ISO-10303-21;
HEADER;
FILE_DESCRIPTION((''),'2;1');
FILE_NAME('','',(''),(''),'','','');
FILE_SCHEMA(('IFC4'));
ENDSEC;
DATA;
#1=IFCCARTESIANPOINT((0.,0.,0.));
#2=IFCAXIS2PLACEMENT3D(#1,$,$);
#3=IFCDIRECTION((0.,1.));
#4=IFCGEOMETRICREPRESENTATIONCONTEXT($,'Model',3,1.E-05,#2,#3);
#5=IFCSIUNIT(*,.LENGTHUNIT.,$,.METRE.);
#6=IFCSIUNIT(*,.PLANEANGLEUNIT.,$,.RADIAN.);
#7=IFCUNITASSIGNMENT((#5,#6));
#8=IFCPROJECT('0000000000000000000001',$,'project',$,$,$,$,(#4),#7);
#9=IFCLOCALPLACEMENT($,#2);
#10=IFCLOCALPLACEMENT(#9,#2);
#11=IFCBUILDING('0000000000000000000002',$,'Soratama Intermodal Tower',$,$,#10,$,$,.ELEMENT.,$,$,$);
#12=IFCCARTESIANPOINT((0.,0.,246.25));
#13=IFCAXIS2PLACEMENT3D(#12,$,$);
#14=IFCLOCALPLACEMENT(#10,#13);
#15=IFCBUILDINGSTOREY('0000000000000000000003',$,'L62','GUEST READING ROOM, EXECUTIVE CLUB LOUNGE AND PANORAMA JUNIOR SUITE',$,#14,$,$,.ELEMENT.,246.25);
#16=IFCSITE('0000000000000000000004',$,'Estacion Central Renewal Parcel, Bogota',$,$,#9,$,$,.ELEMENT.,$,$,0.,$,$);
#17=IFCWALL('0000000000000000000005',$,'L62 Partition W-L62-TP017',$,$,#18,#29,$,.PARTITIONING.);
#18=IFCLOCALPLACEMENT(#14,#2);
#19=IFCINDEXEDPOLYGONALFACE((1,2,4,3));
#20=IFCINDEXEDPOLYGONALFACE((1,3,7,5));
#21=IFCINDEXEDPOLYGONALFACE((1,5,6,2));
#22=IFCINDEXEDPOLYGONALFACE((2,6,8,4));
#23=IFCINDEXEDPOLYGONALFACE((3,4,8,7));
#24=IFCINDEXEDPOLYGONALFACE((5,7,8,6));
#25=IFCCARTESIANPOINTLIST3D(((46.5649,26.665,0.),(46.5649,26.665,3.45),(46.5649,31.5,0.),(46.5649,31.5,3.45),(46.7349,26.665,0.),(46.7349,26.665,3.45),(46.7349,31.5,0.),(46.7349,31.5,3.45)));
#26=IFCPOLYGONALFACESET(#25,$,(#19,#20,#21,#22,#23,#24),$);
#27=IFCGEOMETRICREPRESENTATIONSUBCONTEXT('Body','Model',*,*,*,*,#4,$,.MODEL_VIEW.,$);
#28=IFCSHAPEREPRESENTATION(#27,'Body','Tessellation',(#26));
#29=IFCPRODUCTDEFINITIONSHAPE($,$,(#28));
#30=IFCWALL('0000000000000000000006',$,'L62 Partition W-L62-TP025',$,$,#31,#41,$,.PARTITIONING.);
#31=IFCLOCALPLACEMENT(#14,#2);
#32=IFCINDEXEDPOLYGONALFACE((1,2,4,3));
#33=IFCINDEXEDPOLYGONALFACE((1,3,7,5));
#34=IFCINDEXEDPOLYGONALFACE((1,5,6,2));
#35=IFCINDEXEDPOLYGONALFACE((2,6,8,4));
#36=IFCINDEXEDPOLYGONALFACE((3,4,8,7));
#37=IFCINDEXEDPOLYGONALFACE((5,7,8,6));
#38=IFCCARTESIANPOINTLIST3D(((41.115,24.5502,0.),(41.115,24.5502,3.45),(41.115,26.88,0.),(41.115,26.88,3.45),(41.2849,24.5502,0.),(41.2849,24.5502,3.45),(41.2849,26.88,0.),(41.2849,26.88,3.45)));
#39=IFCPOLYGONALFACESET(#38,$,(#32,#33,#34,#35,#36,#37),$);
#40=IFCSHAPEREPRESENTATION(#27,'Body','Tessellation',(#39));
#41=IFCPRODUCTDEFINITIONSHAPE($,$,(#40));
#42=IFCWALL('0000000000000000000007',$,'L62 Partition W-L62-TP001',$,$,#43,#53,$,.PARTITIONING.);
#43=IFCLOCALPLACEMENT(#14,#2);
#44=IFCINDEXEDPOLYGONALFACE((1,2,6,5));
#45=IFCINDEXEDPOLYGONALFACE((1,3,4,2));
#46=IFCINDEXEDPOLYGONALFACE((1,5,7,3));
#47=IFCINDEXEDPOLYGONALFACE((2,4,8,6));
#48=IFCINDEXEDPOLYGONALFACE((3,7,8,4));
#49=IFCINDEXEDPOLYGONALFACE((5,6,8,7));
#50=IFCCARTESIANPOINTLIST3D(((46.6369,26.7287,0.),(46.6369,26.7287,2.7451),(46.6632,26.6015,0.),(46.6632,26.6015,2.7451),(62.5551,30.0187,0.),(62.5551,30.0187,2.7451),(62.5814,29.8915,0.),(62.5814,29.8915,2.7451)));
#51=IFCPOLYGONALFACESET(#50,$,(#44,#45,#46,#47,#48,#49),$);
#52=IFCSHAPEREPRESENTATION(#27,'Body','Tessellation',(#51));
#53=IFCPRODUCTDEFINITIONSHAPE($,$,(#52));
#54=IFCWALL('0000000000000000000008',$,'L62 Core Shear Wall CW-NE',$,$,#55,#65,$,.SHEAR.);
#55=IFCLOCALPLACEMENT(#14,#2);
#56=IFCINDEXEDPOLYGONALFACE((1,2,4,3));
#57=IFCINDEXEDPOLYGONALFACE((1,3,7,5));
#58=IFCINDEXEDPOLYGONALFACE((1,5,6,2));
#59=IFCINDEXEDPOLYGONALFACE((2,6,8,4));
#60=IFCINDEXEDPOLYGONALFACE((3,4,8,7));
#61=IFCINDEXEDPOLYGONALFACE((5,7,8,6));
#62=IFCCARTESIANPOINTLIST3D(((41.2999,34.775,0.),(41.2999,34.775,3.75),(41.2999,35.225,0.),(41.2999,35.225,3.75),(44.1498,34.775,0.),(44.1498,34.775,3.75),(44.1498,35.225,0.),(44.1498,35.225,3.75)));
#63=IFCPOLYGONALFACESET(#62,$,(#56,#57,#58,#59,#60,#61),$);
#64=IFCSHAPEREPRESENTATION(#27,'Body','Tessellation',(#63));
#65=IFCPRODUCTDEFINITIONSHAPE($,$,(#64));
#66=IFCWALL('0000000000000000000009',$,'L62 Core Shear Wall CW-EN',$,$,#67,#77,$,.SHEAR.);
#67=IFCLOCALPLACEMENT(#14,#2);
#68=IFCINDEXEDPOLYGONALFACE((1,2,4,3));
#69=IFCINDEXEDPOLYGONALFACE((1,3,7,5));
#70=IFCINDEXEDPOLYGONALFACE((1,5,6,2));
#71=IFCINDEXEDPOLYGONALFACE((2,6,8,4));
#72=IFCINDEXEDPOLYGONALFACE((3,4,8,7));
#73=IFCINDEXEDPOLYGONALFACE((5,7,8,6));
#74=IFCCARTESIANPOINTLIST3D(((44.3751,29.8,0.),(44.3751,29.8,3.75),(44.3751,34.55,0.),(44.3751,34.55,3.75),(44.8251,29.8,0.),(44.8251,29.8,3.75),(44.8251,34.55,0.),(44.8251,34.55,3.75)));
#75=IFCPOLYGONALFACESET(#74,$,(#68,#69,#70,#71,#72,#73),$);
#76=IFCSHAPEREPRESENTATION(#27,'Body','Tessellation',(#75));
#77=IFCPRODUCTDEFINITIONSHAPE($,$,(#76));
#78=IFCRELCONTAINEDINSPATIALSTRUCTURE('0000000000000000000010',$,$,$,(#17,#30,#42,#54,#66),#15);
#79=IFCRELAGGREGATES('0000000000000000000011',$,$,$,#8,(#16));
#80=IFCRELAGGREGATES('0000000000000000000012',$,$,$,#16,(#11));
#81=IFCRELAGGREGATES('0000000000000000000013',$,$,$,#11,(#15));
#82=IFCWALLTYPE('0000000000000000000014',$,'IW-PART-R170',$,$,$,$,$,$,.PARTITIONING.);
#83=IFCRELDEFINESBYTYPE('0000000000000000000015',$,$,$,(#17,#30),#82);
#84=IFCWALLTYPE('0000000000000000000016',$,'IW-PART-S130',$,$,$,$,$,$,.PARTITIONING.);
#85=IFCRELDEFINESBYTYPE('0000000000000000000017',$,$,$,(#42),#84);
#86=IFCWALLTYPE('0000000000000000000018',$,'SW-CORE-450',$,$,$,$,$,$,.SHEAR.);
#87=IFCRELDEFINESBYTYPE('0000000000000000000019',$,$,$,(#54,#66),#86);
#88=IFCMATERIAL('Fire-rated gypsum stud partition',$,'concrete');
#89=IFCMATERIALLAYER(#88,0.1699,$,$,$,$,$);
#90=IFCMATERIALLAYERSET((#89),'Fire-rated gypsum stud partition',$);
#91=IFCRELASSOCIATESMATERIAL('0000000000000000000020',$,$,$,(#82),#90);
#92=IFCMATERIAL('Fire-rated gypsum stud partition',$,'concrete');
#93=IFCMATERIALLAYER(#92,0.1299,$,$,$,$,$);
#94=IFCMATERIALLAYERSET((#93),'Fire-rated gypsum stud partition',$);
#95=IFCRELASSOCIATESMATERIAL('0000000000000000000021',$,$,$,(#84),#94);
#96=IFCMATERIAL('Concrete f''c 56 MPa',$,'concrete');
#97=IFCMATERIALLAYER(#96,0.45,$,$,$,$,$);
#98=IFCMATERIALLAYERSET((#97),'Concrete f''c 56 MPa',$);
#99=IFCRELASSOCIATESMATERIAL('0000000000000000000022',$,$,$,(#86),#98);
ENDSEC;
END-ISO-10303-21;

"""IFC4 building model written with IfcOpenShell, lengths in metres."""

from ifc_helpers import new_model, si_unit, direction, frame, frame_2d, origin, place, context, subcontext, project, spatial, rectangle, extrude, material, layer, layer_set, type_object, element, save


model = new_model("IFC4")

# Units and contexts
model_context = context("Model", 3, precision=1e-05, world=origin(), true_north=direction((0.0, 1.0)))
body_context = subcontext(model_context, "Body", "Model", "MODEL_VIEW")
ifc_project = project(units=[si_unit("LENGTHUNIT", "METRE"), si_unit("PLANEANGLEUNIT", "RADIAN")], contexts=[model_context])

# Site, building, storey
site_placement = place(None, origin())
site = spatial("IfcSite", under=ifc_project, at=site_placement, Name="Estacion Central Renewal Parcel, Bogota", CompositionType="ELEMENT", RefElevation=0.0)
building_placement = place(site_placement, origin())
building = spatial("IfcBuilding", under=site, at=building_placement, Name="Soratama Intermodal Tower", CompositionType="ELEMENT")
storey_placement = place(building_placement, frame((0.0, 0.0, 246.25)))
storey = spatial("IfcBuildingStorey", under=building, at=storey_placement, Name="L62", Description="GUEST READING ROOM, EXECUTIVE CLUB LOUNGE AND PANORAMA JUNIOR SUITE", CompositionType="ELEMENT", Elevation=246.25)

# Shared definitions
ifc_material_1 = material(Name="Fire-rated gypsum stud partition", Category="concrete")
ifc_layer_1 = layer(ifc_material_1, 0.1699)
ifc_layer_set_1 = layer_set([ifc_layer_1], Name="Fire-rated gypsum stud partition")
wall_type_1 = type_object("IfcWallType", Name="IW-PART-R170", PredefinedType="PARTITIONING", material=ifc_layer_set_1)

# Walls
wall_1_placement = place(storey_placement, frame((46.6499, 31.5, 0.0), z_axis=(0.0, 0.0, 1.0), x_axis=(0.0, -1.0, 0.0)))
element("IfcWall", 1, at=wall_1_placement, inside=storey, type_object=wall_type_1, Name="L62 Partition W-L62-TP017", PredefinedType="PARTITIONING", context=body_context, shape_type="SweptSolid", body=[
    extrude(rectangle(XDim=4.835, YDim=0.1699, at=frame_2d((2.4175, 0.0))), origin(), (0.0, 0.0, 1.0), 3.45),
])
wall_2_placement = place(storey_placement, frame((41.2, 24.55, 0.0), z_axis=(0.0, 0.0, 1.0), x_axis=(0.0, 1.0, 0.0)))
element("IfcWall", 2, at=wall_2_placement, inside=storey, type_object=wall_type_1, Name="L62 Partition W-L62-TP025", PredefinedType="PARTITIONING", context=body_context, shape_type="SweptSolid", body=[
    extrude(rectangle(XDim=2.3298, YDim=0.1699, at=frame_2d((1.165, 0.0))), origin(), (0.0, 0.0, 1.0), 3.45),
])

# Walls
ifc_material_2 = material(Name="Fire-rated gypsum stud partition", Category="concrete")
ifc_layer_2 = layer(ifc_material_2, 0.1299)
ifc_layer_set_2 = layer_set([ifc_layer_2], Name="Fire-rated gypsum stud partition")
wall_type_2 = type_object("IfcWallType", Name="IW-PART-S130", PredefinedType="PARTITIONING", material=ifc_layer_set_2)
wall_3_placement = place(storey_placement, frame((46.6499, 26.665, 0.0), z_axis=(0.0, 0.0, 1.0), x_axis=(0.979302, 0.202406, 0.0)))
element("IfcWall", 3, at=wall_3_placement, inside=storey, type_object=wall_type_2, Name="L62 Partition W-L62-TP001", PredefinedType="PARTITIONING", context=body_context, shape_type="SweptSolid", body=[
    extrude(rectangle(XDim=16.2546, YDim=0.1299, at=frame_2d((8.1274, 0.0))), origin(), (0.0, 0.0, 1.0), 2.7451),
])
ifc_material_3 = material(Name="Concrete f'c 56 MPa", Category="concrete")
ifc_layer_3 = layer(ifc_material_3, 0.45)
ifc_layer_set_3 = layer_set([ifc_layer_3], Name="Concrete f'c 56 MPa")
wall_type_3 = type_object("IfcWallType", Name="SW-CORE-450", PredefinedType="SHEAR", material=ifc_layer_set_3)
wall_4_placement = place(storey_placement, frame((41.3, 35.0, 0.0), z_axis=(0.0, 0.0, 1.0), x_axis=(1.0, 0.0, 0.0)))
element("IfcWall", 4, at=wall_4_placement, inside=storey, type_object=wall_type_3, Name="L62 Core Shear Wall CW-NE", PredefinedType="SHEAR", context=body_context, shape_type="SweptSolid", body=[
    extrude(rectangle(XDim=2.8499, YDim=0.45, at=frame_2d((1.4248, 0.0))), origin(), (0.0, 0.0, 1.0), 3.75),
])
wall_5_placement = place(storey_placement, frame((44.6001, 29.8, 0.0), z_axis=(0.0, 0.0, 1.0), x_axis=(0.0, 1.0, 0.0)))
element("IfcWall", 5, at=wall_5_placement, inside=storey, type_object=wall_type_3, Name="L62 Core Shear Wall CW-EN", PredefinedType="SHEAR", context=body_context, shape_type="SweptSolid", body=[
    extrude(rectangle(XDim=4.75, YDim=0.45, at=frame_2d((2.375, 0.0))), origin(), (0.0, 0.0, 1.0), 3.75),
])

save(model, "model.ifc")
